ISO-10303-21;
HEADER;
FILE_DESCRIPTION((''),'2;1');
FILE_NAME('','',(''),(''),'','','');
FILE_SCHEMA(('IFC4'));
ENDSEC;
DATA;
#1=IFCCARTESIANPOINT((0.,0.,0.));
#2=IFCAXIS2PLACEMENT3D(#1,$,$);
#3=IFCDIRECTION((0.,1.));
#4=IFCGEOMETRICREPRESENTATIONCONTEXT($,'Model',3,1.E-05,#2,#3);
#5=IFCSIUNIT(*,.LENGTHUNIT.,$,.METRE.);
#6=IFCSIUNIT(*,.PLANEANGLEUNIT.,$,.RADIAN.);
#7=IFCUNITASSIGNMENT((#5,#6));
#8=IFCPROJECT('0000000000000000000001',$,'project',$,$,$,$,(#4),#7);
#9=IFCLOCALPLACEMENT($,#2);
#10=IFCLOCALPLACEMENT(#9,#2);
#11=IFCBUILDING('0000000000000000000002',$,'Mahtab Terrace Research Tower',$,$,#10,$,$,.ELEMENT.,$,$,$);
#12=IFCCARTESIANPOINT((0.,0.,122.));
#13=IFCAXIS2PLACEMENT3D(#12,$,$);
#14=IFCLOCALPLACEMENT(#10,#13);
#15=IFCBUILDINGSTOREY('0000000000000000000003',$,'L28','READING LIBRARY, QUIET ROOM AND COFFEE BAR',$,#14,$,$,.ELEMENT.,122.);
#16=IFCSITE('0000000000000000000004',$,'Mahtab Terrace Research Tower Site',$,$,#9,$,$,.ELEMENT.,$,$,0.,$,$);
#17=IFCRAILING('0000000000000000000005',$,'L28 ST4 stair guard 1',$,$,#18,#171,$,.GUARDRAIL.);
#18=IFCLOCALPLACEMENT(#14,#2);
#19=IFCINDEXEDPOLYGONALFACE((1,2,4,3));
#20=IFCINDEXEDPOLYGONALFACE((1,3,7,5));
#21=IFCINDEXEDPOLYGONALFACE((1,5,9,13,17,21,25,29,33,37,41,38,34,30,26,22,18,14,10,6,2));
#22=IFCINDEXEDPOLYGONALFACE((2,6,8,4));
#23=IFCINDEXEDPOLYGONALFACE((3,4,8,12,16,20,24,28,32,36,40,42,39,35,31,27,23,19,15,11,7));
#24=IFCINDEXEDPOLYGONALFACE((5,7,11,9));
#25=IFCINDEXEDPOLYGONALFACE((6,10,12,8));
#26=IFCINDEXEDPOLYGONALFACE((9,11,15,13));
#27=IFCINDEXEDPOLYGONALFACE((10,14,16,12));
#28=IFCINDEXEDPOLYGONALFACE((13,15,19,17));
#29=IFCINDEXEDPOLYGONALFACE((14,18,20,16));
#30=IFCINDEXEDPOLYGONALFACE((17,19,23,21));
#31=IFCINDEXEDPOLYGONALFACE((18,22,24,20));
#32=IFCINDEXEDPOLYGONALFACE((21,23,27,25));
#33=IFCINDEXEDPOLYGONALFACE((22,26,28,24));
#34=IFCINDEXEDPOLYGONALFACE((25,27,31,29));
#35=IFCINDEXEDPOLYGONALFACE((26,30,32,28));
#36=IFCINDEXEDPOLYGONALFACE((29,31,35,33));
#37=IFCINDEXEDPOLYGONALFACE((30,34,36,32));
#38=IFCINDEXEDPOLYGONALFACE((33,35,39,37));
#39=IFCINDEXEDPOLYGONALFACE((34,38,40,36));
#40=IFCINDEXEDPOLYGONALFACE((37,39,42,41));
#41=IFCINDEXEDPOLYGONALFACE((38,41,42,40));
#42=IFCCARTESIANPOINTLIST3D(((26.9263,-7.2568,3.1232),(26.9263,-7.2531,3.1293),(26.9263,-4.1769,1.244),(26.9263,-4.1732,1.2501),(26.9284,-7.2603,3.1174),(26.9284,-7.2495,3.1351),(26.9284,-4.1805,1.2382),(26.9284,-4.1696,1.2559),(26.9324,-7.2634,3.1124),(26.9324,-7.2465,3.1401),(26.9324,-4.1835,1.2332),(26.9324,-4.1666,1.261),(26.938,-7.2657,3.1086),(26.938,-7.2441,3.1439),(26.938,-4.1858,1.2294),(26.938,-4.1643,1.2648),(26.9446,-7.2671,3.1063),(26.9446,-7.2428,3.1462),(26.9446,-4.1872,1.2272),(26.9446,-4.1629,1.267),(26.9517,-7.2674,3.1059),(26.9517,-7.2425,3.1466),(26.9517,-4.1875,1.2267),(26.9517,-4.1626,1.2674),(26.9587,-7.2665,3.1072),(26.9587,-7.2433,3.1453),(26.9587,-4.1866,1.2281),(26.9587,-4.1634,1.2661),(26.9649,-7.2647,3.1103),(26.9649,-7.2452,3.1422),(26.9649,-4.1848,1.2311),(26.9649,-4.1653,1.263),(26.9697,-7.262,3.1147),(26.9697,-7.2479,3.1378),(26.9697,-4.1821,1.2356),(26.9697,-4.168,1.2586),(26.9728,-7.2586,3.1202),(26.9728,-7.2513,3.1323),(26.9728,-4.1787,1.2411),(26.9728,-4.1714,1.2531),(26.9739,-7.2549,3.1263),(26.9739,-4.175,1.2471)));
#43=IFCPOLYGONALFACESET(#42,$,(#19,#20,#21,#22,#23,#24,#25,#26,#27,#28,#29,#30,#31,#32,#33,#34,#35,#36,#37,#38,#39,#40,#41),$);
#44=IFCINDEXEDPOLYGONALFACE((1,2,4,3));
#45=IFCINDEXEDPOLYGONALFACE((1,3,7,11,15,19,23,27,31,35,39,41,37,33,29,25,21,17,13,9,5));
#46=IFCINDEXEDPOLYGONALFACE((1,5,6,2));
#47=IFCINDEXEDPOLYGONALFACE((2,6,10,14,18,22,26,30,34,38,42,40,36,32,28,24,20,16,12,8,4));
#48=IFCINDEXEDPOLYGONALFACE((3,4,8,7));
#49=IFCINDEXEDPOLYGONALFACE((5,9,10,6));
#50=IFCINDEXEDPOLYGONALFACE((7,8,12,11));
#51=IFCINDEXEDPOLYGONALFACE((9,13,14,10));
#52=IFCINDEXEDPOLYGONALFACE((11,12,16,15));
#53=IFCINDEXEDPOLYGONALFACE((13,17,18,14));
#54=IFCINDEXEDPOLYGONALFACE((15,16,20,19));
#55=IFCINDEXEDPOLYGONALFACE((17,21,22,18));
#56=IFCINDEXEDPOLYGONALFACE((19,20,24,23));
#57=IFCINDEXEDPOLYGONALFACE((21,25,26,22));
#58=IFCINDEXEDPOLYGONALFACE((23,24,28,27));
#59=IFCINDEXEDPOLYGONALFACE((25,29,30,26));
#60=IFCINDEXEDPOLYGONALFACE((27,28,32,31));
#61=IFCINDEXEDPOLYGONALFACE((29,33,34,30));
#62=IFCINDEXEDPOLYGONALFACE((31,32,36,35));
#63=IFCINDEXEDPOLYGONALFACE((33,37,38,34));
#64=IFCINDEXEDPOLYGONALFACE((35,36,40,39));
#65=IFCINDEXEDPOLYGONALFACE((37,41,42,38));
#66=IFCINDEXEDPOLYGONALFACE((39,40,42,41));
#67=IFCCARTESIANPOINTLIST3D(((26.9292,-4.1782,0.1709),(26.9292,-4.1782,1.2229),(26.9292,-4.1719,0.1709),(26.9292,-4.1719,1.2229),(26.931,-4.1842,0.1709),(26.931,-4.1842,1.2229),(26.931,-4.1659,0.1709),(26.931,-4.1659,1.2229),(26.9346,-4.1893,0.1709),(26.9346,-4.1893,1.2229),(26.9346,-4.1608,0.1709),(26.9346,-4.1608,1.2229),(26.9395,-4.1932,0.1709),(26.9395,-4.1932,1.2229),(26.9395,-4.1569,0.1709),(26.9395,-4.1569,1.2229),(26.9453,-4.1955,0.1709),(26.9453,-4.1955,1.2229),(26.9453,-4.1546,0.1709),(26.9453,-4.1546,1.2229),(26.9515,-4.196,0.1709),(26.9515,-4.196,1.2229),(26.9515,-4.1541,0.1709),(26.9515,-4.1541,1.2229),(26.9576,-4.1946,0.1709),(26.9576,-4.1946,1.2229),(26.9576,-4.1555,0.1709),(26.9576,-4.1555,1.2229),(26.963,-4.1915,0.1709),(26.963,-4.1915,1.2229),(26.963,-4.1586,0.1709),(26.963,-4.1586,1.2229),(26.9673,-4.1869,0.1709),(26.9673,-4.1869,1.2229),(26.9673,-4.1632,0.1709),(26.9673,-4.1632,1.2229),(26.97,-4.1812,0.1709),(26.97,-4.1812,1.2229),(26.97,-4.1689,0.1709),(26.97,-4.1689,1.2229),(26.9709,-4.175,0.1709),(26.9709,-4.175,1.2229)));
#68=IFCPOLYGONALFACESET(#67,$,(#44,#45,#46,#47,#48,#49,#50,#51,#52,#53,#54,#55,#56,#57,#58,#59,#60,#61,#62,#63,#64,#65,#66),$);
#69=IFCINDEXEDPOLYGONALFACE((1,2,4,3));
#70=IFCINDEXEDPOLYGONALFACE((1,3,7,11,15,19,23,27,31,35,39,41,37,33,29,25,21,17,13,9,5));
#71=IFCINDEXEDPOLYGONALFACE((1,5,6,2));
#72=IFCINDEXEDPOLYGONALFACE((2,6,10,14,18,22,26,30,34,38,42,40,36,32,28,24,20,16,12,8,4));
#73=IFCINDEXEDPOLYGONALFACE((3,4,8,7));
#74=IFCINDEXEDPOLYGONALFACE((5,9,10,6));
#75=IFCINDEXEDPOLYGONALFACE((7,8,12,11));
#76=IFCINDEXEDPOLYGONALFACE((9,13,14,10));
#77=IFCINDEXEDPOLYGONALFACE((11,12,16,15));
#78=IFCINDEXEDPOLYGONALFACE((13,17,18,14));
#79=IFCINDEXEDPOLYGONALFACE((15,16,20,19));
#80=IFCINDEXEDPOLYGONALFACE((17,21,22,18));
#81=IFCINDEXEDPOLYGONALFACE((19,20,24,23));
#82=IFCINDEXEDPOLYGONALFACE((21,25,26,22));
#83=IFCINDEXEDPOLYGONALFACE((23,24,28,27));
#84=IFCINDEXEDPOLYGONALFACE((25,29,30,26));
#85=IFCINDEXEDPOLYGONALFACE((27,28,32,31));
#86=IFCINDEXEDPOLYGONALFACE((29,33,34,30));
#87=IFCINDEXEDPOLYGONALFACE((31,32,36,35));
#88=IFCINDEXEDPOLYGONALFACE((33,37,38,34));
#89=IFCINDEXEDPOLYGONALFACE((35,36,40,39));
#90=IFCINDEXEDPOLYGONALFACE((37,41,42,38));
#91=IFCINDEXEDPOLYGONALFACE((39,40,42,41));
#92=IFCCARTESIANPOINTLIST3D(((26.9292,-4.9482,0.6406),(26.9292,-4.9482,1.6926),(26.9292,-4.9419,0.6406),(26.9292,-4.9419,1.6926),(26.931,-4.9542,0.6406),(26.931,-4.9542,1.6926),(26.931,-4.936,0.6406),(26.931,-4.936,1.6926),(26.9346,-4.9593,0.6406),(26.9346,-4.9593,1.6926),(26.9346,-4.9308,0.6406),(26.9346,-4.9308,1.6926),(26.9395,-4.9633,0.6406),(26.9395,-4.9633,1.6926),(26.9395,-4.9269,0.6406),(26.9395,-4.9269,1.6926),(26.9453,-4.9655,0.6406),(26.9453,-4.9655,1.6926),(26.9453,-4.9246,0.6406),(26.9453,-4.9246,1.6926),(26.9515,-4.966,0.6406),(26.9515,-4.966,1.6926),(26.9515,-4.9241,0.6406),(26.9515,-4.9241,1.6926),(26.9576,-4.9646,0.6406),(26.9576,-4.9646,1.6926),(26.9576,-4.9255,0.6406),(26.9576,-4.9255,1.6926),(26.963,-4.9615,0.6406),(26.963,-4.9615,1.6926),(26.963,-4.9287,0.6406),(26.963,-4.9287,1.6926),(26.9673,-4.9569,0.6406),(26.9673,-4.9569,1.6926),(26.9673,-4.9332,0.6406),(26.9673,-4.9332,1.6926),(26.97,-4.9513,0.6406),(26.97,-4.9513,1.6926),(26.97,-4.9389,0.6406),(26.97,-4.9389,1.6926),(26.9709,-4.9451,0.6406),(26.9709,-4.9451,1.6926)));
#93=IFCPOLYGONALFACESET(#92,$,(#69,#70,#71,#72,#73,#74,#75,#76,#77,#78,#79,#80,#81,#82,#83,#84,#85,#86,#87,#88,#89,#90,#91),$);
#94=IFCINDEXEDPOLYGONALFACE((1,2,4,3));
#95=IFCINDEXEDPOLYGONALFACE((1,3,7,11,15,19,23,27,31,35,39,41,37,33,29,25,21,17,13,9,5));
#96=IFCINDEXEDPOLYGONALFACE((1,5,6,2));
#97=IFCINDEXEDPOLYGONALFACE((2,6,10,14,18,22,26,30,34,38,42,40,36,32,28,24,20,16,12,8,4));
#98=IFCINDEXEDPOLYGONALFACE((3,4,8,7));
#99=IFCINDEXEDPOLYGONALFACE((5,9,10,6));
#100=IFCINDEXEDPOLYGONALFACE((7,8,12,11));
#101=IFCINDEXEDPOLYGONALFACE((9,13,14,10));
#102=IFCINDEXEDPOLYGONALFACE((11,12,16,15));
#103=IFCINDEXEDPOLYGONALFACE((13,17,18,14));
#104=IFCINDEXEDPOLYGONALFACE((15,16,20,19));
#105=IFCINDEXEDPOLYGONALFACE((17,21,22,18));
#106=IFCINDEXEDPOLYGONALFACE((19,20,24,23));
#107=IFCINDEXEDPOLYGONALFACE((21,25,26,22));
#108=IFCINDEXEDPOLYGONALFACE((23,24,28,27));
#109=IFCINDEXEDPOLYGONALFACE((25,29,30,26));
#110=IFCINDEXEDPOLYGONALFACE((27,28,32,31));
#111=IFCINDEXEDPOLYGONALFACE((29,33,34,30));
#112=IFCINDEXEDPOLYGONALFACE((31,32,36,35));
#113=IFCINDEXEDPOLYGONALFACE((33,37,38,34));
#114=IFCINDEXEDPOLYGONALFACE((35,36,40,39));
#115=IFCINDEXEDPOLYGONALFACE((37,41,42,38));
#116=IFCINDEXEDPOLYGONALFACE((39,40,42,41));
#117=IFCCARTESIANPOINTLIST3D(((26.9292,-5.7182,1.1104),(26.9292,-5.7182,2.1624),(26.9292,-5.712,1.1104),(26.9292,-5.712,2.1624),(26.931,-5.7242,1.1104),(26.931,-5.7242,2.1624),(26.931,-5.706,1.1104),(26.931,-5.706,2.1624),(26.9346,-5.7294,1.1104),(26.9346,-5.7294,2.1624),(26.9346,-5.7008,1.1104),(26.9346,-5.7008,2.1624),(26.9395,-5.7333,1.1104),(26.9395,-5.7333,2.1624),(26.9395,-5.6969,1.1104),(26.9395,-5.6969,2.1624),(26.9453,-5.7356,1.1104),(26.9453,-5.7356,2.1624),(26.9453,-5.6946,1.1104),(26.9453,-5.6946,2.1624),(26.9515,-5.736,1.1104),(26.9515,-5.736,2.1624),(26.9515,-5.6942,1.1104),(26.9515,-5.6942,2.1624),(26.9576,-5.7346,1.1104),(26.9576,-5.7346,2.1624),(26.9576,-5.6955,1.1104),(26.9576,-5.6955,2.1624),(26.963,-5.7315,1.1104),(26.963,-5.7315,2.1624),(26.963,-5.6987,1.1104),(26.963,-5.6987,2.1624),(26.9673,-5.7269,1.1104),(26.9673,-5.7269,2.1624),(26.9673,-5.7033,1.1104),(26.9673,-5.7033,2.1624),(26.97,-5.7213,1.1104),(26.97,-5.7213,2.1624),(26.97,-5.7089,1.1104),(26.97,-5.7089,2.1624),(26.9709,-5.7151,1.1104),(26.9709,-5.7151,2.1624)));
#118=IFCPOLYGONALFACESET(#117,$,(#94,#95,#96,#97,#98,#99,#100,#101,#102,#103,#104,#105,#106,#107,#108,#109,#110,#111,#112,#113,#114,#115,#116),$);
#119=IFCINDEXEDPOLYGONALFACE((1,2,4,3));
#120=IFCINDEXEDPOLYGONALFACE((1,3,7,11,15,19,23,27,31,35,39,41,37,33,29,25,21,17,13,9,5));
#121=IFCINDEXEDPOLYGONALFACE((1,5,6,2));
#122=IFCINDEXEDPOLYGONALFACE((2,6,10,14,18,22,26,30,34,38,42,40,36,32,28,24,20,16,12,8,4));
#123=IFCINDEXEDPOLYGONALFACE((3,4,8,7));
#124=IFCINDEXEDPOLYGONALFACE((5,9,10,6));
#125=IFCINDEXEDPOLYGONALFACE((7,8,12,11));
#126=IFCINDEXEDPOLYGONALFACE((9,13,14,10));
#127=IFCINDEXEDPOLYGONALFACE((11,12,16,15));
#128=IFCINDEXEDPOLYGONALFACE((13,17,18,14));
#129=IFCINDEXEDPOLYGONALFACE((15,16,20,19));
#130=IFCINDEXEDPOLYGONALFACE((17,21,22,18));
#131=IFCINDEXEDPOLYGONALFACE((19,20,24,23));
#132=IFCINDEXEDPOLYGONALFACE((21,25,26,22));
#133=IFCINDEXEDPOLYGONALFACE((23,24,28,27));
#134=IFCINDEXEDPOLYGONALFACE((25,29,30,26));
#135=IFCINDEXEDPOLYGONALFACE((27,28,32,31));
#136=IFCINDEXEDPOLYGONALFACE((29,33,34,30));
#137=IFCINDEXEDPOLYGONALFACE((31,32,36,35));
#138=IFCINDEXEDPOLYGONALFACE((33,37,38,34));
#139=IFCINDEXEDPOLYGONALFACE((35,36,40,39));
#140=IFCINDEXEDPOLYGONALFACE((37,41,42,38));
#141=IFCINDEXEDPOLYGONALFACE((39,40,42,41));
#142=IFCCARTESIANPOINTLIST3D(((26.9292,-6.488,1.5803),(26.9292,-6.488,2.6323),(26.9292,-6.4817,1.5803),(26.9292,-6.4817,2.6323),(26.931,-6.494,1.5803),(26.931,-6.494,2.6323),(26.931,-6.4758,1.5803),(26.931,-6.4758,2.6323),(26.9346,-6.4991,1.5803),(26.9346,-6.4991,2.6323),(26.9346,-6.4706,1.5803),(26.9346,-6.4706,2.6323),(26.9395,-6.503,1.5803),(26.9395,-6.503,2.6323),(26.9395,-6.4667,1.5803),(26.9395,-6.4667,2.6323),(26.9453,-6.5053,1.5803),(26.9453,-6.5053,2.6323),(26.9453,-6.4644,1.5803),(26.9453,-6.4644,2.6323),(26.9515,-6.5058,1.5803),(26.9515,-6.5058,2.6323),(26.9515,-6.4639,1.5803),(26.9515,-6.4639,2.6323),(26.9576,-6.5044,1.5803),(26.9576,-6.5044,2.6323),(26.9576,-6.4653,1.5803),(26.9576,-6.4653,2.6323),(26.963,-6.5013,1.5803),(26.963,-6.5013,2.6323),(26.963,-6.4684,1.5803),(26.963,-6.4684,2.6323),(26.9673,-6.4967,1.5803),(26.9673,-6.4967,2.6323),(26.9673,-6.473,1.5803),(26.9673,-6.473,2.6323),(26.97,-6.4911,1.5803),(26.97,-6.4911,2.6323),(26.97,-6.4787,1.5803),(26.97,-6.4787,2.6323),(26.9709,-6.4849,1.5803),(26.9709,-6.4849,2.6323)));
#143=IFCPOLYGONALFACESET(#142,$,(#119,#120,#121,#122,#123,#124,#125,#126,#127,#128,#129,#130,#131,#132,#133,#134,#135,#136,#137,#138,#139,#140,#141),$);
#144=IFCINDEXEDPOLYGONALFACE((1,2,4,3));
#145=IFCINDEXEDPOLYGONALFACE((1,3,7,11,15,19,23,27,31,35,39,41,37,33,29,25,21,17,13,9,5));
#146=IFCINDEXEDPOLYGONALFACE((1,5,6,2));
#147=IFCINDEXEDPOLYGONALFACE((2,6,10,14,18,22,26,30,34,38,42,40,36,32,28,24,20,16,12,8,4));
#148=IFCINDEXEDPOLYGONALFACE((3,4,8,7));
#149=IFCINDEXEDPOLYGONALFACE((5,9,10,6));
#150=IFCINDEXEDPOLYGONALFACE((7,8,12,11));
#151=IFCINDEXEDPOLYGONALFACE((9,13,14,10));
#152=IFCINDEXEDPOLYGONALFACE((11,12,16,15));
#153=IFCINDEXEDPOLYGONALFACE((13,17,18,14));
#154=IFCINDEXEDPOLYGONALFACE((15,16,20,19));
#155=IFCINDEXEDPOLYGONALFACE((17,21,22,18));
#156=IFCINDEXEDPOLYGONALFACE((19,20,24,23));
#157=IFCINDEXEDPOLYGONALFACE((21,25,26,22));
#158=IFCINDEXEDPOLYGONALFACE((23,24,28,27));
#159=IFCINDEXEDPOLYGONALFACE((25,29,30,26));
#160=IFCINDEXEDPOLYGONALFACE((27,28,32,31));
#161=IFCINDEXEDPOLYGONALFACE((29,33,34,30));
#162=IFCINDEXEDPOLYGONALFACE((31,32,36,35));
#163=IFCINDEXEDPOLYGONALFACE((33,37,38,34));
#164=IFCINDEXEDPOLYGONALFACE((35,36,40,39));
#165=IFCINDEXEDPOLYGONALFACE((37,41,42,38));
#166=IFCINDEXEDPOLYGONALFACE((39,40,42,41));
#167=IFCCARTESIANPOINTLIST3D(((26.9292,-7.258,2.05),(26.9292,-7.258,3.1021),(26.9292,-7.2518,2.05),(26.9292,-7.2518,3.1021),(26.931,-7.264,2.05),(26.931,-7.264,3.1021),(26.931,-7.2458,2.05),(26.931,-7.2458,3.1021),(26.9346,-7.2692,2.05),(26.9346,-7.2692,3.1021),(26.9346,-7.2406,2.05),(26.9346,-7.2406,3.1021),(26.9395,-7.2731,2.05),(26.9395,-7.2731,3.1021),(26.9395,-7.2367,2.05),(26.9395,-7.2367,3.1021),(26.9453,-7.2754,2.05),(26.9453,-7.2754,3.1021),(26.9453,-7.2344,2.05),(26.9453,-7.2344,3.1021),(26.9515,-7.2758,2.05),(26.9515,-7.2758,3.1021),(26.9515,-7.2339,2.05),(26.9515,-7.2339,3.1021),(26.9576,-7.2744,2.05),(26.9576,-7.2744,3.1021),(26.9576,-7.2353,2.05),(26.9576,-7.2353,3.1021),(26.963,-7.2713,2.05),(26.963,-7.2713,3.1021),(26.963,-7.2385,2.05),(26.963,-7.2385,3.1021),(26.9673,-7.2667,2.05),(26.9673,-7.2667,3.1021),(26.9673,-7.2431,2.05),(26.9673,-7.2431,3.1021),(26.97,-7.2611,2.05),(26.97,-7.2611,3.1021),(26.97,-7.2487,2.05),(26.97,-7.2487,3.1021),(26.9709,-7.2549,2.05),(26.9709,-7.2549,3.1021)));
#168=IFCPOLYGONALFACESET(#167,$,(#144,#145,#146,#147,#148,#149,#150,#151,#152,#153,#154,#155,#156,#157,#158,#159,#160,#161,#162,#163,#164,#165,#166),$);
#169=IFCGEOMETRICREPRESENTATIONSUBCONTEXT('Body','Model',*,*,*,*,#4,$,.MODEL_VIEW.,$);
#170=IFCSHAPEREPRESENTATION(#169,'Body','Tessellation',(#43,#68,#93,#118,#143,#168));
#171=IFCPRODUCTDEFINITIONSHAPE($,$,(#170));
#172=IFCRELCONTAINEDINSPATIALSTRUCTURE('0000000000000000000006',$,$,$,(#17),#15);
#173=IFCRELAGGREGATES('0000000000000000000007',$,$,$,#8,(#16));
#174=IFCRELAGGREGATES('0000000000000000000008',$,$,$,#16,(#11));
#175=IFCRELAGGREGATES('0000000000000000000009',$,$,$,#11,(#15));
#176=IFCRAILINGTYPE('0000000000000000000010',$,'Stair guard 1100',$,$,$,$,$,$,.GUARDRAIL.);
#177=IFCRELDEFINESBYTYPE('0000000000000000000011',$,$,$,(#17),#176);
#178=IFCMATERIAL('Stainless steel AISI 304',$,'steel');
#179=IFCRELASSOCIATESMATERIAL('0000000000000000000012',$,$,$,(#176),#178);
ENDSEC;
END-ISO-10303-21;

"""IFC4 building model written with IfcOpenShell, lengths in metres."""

from ifc_helpers import new_model, si_unit, direction, frame, origin, origin_2d, place, context, subcontext, project, spatial, circle, extrude, material, type_object, element, save


model = new_model("IFC4")

# Units and contexts
model_context = context("Model", 3, precision=1e-05, world=origin(), true_north=direction((0.0, 1.0)))
body_context = subcontext(model_context, "Body", "Model", "MODEL_VIEW")
ifc_project = project(units=[si_unit("LENGTHUNIT", "METRE"), si_unit("PLANEANGLEUNIT", "RADIAN")], contexts=[model_context])

# Site, building, storey
site_placement = place(None, origin())
site = spatial("IfcSite", under=ifc_project, at=site_placement, Name="Mahtab Terrace Research Tower Site", CompositionType="ELEMENT", RefElevation=0.0)
building_placement = place(site_placement, origin())
building = spatial("IfcBuilding", under=site, at=building_placement, Name="Mahtab Terrace Research Tower", CompositionType="ELEMENT")
storey_placement = place(building_placement, frame((0.0, 0.0, 122.0)))
storey = spatial("IfcBuildingStorey", under=building, at=storey_placement, Name="L28", Description="READING LIBRARY, QUIET ROOM AND COFFEE BAR", CompositionType="ELEMENT", Elevation=122.0)

# Railing
ifc_material_1 = material(Name="Stainless steel AISI 304", Category="steel")
railing_type_1 = type_object("IfcRailingType", Name="Stair guard 1100", PredefinedType="GUARDRAIL", material=ifc_material_1)
railing_1_placement = place(storey_placement, frame((26.95, -4.175, 0.1709)))
element("IfcRailing", 1, at=railing_1_placement, inside=storey, type_object=railing_type_1, Name="L28 ST4 stair guard 1", PredefinedType="GUARDRAIL", context=body_context, shape_type="SweptSolid", body=[
    extrude(circle(Radius=0.0239, at=origin_2d()), frame((0.0, 0.0, 1.0762), z_axis=(0.0, -0.853648, 0.52085), x_axis=(1.0, 0.0, 0.0)), (0.0, 0.0, 1.0), 3.6079),
    extrude(circle(Radius=0.021, at=origin_2d()), origin(), (0.0, 0.0, 1.0), 1.052),
    extrude(circle(Radius=0.021, at=origin_2d()), frame((0.0, -0.77, 0.4697)), (0.0, 0.0, 1.0), 1.052),
    extrude(circle(Radius=0.021, at=origin_2d()), frame((0.0, -1.54, 0.9395)), (0.0, 0.0, 1.0), 1.052),
    extrude(circle(Radius=0.021, at=origin_2d()), frame((0.0, -2.3098, 1.4094)), (0.0, 0.0, 1.0), 1.052),
    extrude(circle(Radius=0.021, at=origin_2d()), frame((0.0, -3.0798, 1.8792)), (0.0, 0.0, 1.0), 1.052),
])

save(model, "model.ifc")
